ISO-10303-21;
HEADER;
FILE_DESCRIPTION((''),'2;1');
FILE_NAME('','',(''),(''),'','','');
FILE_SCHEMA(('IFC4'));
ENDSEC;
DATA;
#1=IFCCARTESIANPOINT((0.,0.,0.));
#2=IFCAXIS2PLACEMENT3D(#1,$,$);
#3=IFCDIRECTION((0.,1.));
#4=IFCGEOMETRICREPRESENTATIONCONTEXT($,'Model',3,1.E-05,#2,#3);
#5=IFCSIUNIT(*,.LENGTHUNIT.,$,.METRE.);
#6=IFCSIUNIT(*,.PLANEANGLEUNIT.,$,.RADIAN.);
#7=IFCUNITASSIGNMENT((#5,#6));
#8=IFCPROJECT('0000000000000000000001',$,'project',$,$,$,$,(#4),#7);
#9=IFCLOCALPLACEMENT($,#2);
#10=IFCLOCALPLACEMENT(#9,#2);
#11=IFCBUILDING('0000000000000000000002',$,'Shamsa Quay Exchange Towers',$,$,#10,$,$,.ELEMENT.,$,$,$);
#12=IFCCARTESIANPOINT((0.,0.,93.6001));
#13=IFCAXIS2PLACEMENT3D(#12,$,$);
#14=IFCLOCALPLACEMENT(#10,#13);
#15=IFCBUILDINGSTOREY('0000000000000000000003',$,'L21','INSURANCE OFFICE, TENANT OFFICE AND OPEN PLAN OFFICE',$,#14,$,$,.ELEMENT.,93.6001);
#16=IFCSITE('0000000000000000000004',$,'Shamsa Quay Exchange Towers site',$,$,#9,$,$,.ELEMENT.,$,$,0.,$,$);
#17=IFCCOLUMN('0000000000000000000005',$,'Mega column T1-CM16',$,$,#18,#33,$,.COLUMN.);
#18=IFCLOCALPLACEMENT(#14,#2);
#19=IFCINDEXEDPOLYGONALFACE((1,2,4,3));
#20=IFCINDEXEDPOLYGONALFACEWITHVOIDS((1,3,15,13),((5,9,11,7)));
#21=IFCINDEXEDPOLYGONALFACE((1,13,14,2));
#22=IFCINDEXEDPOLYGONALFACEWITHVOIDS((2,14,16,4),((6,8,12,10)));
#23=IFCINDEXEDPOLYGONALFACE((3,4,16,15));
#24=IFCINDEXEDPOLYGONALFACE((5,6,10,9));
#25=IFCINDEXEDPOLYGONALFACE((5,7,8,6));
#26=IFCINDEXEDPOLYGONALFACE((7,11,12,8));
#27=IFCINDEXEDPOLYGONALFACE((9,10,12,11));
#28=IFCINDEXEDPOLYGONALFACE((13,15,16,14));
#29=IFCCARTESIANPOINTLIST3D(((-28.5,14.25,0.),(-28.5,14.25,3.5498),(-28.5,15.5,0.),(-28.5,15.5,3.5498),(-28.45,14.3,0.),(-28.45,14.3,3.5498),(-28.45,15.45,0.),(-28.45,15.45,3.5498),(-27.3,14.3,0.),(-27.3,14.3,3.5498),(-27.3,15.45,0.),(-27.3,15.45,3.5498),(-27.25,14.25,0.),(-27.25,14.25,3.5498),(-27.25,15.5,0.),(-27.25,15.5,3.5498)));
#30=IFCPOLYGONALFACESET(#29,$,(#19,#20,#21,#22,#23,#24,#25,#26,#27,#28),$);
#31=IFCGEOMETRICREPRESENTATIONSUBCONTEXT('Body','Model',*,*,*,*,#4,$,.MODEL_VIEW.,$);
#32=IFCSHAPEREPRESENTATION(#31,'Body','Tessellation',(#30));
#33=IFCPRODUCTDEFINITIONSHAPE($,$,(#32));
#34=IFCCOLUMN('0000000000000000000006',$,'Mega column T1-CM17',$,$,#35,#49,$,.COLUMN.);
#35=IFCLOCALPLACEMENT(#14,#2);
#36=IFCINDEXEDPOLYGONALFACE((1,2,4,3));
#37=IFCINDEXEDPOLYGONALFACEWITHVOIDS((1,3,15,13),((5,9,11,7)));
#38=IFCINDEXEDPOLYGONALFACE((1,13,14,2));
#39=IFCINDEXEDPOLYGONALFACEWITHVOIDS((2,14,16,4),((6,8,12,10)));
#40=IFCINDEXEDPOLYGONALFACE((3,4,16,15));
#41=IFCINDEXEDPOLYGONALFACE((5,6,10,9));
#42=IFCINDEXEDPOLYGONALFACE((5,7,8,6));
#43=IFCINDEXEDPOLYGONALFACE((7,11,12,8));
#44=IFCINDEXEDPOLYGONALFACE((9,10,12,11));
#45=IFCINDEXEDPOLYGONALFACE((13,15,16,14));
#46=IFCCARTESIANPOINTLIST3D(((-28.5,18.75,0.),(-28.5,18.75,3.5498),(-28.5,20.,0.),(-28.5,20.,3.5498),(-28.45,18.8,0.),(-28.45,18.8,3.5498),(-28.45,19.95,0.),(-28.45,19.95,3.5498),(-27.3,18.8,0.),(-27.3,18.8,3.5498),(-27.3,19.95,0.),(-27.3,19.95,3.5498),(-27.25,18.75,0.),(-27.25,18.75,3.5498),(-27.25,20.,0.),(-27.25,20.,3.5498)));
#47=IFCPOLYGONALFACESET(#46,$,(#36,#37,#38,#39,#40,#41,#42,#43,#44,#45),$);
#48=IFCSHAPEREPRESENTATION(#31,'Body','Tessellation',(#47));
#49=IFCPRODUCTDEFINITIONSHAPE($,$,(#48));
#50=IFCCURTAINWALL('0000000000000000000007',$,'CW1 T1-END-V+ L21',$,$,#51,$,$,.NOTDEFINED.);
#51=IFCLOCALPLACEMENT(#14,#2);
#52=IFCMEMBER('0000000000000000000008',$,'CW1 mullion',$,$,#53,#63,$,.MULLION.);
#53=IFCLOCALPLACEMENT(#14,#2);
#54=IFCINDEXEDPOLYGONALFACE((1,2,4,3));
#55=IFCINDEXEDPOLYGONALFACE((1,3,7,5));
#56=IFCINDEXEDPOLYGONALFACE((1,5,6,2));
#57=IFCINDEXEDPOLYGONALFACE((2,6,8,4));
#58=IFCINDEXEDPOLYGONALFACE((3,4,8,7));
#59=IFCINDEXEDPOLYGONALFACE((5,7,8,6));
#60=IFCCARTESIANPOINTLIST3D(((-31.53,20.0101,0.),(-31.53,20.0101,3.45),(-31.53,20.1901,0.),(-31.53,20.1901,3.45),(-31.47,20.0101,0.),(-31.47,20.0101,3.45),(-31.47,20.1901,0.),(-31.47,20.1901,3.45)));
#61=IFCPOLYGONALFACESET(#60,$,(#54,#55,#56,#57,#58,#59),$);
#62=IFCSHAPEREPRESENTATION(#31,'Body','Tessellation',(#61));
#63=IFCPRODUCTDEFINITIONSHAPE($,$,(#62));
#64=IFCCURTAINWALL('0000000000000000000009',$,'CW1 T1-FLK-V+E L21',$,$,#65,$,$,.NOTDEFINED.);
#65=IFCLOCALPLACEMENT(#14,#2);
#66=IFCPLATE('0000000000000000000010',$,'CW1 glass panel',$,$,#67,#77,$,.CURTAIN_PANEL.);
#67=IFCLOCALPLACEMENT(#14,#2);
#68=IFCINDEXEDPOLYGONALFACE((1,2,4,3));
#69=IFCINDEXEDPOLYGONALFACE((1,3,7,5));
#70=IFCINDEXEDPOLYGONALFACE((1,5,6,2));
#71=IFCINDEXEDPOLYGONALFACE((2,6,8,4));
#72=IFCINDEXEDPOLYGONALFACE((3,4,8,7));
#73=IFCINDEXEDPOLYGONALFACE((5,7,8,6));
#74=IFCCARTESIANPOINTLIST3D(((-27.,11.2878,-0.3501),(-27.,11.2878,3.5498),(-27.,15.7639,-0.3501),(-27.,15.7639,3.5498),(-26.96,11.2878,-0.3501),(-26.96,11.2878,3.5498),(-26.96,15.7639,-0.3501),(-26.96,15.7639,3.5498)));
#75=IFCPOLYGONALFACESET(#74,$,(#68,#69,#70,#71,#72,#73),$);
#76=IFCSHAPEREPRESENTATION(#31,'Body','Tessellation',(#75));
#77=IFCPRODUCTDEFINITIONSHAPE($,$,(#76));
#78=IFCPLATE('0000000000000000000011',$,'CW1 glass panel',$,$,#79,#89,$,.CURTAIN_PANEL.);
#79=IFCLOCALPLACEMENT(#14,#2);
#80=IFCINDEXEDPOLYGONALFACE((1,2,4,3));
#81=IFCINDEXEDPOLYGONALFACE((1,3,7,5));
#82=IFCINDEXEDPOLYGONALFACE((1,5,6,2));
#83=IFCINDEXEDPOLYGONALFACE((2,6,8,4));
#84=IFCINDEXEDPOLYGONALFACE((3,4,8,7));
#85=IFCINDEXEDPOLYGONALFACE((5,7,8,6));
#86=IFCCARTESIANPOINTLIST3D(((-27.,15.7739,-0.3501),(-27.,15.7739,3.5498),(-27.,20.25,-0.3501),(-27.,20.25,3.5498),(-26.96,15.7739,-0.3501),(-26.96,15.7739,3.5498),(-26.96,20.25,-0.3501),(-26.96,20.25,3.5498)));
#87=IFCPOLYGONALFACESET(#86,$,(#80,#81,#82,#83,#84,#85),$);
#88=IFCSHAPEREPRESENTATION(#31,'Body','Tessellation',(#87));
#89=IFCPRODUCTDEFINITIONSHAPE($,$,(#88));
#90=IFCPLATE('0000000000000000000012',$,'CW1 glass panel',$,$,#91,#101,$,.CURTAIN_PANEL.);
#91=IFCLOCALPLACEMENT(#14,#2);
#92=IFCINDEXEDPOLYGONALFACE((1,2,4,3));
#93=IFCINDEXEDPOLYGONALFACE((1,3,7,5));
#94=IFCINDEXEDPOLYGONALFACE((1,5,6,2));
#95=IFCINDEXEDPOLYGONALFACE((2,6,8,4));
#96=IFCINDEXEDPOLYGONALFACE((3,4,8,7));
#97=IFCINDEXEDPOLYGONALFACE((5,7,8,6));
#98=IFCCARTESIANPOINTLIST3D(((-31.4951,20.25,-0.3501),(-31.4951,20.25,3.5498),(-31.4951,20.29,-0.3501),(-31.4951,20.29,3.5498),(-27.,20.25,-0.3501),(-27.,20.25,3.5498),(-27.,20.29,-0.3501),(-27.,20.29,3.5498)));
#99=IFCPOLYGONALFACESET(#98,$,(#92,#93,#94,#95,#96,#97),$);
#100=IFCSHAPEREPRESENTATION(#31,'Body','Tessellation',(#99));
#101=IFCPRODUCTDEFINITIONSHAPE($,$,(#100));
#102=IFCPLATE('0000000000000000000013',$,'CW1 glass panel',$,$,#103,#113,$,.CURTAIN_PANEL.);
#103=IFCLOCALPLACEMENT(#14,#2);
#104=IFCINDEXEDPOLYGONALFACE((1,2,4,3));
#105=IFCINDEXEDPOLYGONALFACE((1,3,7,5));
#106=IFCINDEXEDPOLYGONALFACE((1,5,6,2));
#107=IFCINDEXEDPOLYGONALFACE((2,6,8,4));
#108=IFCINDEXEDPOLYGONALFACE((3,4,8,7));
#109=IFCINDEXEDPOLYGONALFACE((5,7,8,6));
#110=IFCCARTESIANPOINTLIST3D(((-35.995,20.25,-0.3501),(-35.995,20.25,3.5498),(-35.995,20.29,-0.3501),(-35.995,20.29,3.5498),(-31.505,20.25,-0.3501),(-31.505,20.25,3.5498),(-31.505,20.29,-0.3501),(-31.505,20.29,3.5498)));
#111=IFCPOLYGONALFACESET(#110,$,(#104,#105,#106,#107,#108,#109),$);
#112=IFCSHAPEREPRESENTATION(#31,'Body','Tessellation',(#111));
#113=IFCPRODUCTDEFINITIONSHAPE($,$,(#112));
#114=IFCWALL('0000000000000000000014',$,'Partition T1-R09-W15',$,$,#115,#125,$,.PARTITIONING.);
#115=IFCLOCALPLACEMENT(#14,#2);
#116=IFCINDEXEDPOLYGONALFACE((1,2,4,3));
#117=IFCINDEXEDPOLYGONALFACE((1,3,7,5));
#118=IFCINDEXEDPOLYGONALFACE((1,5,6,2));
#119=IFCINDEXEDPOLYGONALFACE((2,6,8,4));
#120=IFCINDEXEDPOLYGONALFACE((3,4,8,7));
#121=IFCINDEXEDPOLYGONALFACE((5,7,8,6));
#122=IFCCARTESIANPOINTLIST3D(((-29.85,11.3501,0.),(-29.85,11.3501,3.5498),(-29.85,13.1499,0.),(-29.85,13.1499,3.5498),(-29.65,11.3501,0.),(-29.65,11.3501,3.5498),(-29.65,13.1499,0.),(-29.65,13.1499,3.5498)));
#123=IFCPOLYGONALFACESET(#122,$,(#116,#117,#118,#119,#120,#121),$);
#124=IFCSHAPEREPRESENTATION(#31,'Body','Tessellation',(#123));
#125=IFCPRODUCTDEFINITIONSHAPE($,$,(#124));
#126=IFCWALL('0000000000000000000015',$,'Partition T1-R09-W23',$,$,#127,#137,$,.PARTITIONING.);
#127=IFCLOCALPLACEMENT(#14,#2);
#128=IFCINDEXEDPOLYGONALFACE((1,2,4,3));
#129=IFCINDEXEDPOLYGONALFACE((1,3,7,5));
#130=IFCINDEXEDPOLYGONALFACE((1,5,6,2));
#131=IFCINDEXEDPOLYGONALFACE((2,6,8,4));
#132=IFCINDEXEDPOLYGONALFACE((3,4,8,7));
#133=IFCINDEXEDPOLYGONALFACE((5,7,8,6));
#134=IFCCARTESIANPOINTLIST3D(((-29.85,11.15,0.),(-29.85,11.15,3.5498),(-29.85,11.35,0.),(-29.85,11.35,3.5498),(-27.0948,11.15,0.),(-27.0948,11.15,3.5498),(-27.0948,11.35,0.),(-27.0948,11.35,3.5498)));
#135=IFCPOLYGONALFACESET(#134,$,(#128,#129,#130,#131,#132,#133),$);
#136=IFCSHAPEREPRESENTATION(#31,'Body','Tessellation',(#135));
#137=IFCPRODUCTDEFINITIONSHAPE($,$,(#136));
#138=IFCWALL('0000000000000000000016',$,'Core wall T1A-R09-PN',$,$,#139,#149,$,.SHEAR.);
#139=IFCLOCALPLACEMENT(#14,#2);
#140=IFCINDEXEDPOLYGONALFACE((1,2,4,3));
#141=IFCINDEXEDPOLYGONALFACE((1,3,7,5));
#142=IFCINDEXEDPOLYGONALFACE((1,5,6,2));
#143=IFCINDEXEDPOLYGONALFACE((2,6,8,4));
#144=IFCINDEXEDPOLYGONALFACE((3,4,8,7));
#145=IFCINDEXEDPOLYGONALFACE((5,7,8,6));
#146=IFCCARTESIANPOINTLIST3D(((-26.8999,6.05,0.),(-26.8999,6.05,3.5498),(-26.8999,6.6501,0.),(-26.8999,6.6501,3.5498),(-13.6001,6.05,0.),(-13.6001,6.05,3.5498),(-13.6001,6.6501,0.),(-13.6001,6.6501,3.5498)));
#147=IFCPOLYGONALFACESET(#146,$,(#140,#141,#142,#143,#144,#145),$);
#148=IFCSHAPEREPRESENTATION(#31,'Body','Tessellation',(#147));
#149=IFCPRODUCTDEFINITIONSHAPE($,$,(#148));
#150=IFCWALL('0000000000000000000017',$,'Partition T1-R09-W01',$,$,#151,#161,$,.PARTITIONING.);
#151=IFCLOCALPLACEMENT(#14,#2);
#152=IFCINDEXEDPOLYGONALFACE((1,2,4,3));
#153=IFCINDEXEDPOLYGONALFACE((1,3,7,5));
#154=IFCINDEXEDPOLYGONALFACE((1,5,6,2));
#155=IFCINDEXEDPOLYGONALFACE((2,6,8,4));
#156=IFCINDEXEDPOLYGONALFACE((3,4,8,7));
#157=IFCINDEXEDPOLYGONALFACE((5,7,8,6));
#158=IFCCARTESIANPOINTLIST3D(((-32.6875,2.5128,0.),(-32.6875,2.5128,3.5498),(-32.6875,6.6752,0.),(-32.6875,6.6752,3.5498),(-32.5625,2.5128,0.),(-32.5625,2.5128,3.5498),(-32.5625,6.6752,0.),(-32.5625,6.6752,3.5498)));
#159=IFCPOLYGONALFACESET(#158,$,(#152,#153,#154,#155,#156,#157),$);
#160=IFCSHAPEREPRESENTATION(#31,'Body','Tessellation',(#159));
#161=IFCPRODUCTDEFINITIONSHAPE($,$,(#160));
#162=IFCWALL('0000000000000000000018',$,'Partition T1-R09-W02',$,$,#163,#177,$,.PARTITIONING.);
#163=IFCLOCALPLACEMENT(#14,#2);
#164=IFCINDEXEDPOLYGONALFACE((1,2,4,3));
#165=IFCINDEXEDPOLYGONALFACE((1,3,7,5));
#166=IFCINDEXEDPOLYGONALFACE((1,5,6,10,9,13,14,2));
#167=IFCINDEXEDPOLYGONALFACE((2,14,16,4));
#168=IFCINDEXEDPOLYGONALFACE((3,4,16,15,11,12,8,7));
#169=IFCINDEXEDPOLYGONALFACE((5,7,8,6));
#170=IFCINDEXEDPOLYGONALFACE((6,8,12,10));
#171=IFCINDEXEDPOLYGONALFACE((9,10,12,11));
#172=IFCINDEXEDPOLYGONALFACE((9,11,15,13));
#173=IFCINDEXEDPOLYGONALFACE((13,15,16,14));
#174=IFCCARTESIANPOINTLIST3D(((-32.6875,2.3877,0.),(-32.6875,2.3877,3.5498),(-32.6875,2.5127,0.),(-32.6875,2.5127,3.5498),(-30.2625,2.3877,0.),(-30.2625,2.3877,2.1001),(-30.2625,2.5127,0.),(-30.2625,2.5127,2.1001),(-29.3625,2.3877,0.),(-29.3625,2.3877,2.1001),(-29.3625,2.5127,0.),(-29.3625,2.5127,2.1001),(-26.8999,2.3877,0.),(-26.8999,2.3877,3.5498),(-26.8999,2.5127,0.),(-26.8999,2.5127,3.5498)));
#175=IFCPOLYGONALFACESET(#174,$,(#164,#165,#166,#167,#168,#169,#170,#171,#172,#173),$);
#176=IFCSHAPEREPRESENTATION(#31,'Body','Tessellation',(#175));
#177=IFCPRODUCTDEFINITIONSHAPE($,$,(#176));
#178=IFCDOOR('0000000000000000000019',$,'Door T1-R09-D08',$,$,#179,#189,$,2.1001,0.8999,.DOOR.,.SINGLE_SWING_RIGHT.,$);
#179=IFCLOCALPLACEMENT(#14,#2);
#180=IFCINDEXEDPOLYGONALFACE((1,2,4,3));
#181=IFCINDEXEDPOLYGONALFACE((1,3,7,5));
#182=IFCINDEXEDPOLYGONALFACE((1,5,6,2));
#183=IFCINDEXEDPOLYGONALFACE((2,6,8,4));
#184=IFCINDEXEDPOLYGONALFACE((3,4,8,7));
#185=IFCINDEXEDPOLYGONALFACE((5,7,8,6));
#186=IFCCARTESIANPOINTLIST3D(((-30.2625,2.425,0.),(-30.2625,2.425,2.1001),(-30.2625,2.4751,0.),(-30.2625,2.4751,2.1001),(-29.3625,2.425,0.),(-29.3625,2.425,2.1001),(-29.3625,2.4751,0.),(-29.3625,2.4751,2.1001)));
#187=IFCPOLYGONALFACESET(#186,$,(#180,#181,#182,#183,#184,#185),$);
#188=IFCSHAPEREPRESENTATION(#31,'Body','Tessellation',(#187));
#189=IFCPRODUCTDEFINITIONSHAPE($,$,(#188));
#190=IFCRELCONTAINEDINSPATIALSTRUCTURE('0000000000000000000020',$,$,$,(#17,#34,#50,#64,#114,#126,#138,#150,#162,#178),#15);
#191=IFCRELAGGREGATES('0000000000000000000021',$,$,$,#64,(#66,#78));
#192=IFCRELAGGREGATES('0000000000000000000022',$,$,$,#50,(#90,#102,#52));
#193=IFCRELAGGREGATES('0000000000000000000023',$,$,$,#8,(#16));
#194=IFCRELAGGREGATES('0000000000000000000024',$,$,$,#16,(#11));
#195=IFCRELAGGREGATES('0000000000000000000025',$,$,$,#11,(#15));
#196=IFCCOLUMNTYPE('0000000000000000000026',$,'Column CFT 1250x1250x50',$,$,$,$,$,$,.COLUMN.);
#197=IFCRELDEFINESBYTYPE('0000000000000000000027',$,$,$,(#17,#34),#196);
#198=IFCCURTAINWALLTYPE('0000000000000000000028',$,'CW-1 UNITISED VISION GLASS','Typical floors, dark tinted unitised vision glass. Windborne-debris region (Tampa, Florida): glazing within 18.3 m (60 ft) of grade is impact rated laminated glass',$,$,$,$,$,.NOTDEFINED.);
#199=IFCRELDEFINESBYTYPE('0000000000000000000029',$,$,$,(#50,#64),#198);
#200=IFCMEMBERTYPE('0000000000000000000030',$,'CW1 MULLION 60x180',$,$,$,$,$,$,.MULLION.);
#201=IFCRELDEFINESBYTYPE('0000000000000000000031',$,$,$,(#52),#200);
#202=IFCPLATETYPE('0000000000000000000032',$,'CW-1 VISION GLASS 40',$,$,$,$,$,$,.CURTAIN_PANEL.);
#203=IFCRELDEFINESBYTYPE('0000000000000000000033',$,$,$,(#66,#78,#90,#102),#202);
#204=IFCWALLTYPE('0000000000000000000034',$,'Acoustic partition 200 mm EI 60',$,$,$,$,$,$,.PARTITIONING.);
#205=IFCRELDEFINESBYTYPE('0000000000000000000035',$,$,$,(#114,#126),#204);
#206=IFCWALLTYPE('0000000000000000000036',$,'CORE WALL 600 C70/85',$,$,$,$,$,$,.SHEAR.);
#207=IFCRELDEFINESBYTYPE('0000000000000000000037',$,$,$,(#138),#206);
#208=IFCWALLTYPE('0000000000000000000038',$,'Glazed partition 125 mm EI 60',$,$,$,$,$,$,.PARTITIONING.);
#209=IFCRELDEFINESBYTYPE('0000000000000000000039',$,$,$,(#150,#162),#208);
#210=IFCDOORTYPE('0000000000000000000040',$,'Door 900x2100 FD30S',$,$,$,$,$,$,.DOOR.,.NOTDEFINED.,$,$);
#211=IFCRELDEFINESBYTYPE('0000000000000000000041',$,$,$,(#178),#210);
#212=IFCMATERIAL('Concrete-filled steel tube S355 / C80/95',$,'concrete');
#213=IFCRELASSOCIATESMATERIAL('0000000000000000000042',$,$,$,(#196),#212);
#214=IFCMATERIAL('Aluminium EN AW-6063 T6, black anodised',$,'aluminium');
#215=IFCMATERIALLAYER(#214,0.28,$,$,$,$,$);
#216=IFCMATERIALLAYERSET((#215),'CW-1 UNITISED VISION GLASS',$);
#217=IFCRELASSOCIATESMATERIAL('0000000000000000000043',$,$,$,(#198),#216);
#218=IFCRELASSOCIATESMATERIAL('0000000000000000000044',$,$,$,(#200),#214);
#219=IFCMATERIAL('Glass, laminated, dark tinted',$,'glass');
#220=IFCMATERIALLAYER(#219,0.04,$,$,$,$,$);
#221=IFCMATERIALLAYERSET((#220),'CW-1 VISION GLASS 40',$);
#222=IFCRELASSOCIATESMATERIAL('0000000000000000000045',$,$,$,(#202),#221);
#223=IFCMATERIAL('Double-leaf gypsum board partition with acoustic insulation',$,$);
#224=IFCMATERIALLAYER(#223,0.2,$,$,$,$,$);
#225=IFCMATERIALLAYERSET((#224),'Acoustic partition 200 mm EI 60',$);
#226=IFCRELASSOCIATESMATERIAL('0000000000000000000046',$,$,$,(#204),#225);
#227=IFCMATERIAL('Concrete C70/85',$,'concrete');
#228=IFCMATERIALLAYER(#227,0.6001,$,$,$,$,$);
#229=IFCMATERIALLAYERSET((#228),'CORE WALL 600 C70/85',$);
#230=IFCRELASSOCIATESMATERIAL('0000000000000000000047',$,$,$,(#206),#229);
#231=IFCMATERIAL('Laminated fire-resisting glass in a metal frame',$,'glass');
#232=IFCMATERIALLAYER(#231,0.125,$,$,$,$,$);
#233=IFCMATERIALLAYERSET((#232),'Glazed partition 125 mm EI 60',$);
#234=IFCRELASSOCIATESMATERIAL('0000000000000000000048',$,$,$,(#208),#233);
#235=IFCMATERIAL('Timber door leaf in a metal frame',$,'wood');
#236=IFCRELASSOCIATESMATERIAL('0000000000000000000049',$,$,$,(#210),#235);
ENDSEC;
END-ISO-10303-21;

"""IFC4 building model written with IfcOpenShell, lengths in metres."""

from ifc_helpers import new_model, si_unit, direction, frame, frame_2d, origin, origin_2d, place, context, subcontext, project, spatial, rectangle, hollow_rectangle, extrude, material, layer, layer_set, material_profile, profile_set, type_object, element, fill, aggregate, save


model = new_model("IFC4")

# Units and contexts
model_context = context("Model", 3, precision=1e-05, world=origin(), true_north=direction((0.0, 1.0)))
body_context = subcontext(model_context, "Body", "Model", "MODEL_VIEW")
ifc_project = project(units=[si_unit("LENGTHUNIT", "METRE"), si_unit("PLANEANGLEUNIT", "RADIAN")], contexts=[model_context])

# Site, building, storey
site_placement = place(None, origin())
site = spatial("IfcSite", under=ifc_project, at=site_placement, Name="Shamsa Quay Exchange Towers site", CompositionType="ELEMENT", RefElevation=0.0)
building_placement = place(site_placement, origin())
building = spatial("IfcBuilding", under=site, at=building_placement, Name="Shamsa Quay Exchange Towers", CompositionType="ELEMENT")
storey_placement = place(building_placement, frame((0.0, 0.0, 93.6001)))
storey = spatial("IfcBuildingStorey", under=building, at=storey_placement, Name="L21", Description="INSURANCE OFFICE, TENANT OFFICE AND OPEN PLAN OFFICE", CompositionType="ELEMENT", Elevation=93.6001)

# Columns
ifc_material_1 = material(Name="Concrete-filled steel tube S355 / C80/95", Category="concrete")
ifc_material_profile_1 = material_profile(ifc_material_1, hollow_rectangle(XDim=1.25, YDim=1.25, WallThickness=0.05, at=origin_2d()), Name="CFT 1250x1250x50")
ifc_profile_set_1 = profile_set([ifc_material_profile_1], Name="Concrete-filled steel tube S355 / C80/95")
column_type = type_object("IfcColumnType", Name="Column CFT 1250x1250x50", PredefinedType="COLUMN", material=ifc_profile_set_1)
for number, where, name in (
    (1, (-27.875, 14.875, 0.0), "Mega column T1-CM16"),
    (2, (-27.875, 19.375, 0.0), "Mega column T1-CM17"),
):
    element("IfcColumn", number, at=place(storey_placement, frame(where)), inside=storey, type_object=column_type, Name=name, PredefinedType="COLUMN", context=body_context, shape_type="SweptSolid", body=[
        extrude(hollow_rectangle(XDim=1.25, YDim=1.25, WallThickness=0.05, at=origin_2d()), origin(), (0.0, 0.0, 1.0), 3.5498),
    ])

# Curtain wall, member
ifc_material_2 = material(Name="Aluminium EN AW-6063 T6, black anodised", Category="aluminium")
ifc_layer_1 = layer(ifc_material_2, 0.28)
ifc_layer_set_1 = layer_set([ifc_layer_1], Name="CW-1 UNITISED VISION GLASS")
curtain_wall_type = type_object("IfcCurtainWallType", Name="CW-1 UNITISED VISION GLASS", Description="Typical floors, dark tinted unitised vision glass. Windborne-debris region (Tampa, Florida): glazing within 18.3 m (60 ft) of grade is impact rated laminated glass", PredefinedType="NOTDEFINED", material=ifc_layer_set_1)
curtain_wall_1_placement = place(storey_placement, origin())
curtain_wall_1 = element("IfcCurtainWall", 3, at=curtain_wall_1_placement, inside=storey, type_object=curtain_wall_type, Name="CW1 T1-END-V+ L21", PredefinedType="NOTDEFINED")
ifc_material_profile_2 = material_profile(ifc_material_2, rectangle(XDim=0.1799, YDim=0.0601, at=origin_2d()), Name="MU60x180")
ifc_profile_set_2 = profile_set([ifc_material_profile_2], Name="Aluminium EN AW-6063 T6, black anodised")
member_type = type_object("IfcMemberType", Name="CW1 MULLION 60x180", PredefinedType="MULLION", material=ifc_profile_set_2)
member_placement = place(storey_placement, frame((-31.5, 20.1001, 0.0), z_axis=(0.0, 0.0, 1.0), x_axis=(0.0, -1.0, 0.0)))
member = element("IfcMember", 4, at=member_placement, type_object=member_type, Name="CW1 mullion", PredefinedType="MULLION", context=body_context, shape_type="SweptSolid", body=[
    extrude(rectangle(XDim=0.1799, YDim=0.0601, at=origin_2d()), origin(), (0.0, 0.0, 1.0), 3.45),
])

# Curtain wall, plates
curtain_wall_2_placement = place(storey_placement, origin())
curtain_wall_2 = element("IfcCurtainWall", 5, at=curtain_wall_2_placement, inside=storey, type_object=curtain_wall_type, Name="CW1 T1-FLK-V+E L21", PredefinedType="NOTDEFINED")
ifc_material_3 = material(Name="Glass, laminated, dark tinted", Category="glass")
ifc_layer_2 = layer(ifc_material_3, 0.04)
ifc_layer_set_2 = layer_set([ifc_layer_2], Name="CW-1 VISION GLASS 40")
plate_type = type_object("IfcPlateType", Name="CW-1 VISION GLASS 40", PredefinedType="CURTAIN_PANEL", material=ifc_layer_set_2)
plate_1_placement = place(storey_placement, frame((-26.98, 13.5259, -0.3501), z_axis=(0.0, 0.0, 1.0), x_axis=(0.0, 1.0, 0.0)))
plate_1 = element("IfcPlate", 6, at=plate_1_placement, type_object=plate_type, Name="CW1 glass panel", PredefinedType="CURTAIN_PANEL", context=body_context, shape_type="SweptSolid", body=[
    extrude(rectangle(XDim=4.4761, YDim=0.04, at=origin_2d()), origin(), (0.0, 0.0, 1.0), 3.8999),
])
plate_2_placement = place(storey_placement, frame((-26.98, 18.012, -0.3501), z_axis=(0.0, 0.0, 1.0), x_axis=(0.0, 1.0, 0.0)))
plate_2 = element("IfcPlate", 7, at=plate_2_placement, type_object=plate_type, Name="CW1 glass panel", PredefinedType="CURTAIN_PANEL", context=body_context, shape_type="SweptSolid", body=[
    extrude(rectangle(XDim=4.4761, YDim=0.04, at=origin_2d()), origin(), (0.0, 0.0, 1.0), 3.8999),
])
aggregate(curtain_wall_2, [plate_1, plate_2])

# Plates
plate_3_placement = place(storey_placement, frame((-29.2476, 20.27, -0.3501), z_axis=(0.0, 0.0, 1.0), x_axis=(-1.0, 0.0, 0.0)))
plate_3 = element("IfcPlate", 8, at=plate_3_placement, type_object=plate_type, Name="CW1 glass panel", PredefinedType="CURTAIN_PANEL", context=body_context, shape_type="SweptSolid", body=[
    extrude(rectangle(XDim=4.4951, YDim=0.04, at=origin_2d()), origin(), (0.0, 0.0, 1.0), 3.8999),
])
plate_4_placement = place(storey_placement, frame((-33.75, 20.27, -0.3501), z_axis=(0.0, 0.0, 1.0), x_axis=(-1.0, 0.0, 0.0)))
plate_4 = element("IfcPlate", 9, at=plate_4_placement, type_object=plate_type, Name="CW1 glass panel", PredefinedType="CURTAIN_PANEL", context=body_context, shape_type="SweptSolid", body=[
    extrude(rectangle(XDim=4.49, YDim=0.04, at=origin_2d()), origin(), (0.0, 0.0, 1.0), 3.8999),
])
aggregate(curtain_wall_1, [plate_3, plate_4, member])

# Shared definitions
ifc_material_4 = material(Name="Double-leaf gypsum board partition with acoustic insulation")
ifc_layer_3 = layer(ifc_material_4, 0.2)
ifc_layer_set_3 = layer_set([ifc_layer_3], Name="Acoustic partition 200 mm EI 60")
wall_type_1 = type_object("IfcWallType", Name="Acoustic partition 200 mm EI 60", PredefinedType="PARTITIONING", material=ifc_layer_set_3)
ifc_material_5 = material(Name="Timber door leaf in a metal frame", Category="wood")

# Walls
wall_1_placement = place(storey_placement, frame((-29.75, 11.3501, 0.0), z_axis=(0.0, 0.0, 1.0), x_axis=(0.0, 1.0, 0.0)))
element("IfcWall", 10, at=wall_1_placement, inside=storey, type_object=wall_type_1, Name="Partition T1-R09-W15", PredefinedType="PARTITIONING", context=body_context, shape_type="SweptSolid", body=[
    extrude(rectangle(XDim=1.7998, YDim=0.2, at=frame_2d((0.8999, 0.0))), origin(), (0.0, 0.0, 1.0), 3.5498),
])
wall_2_placement = place(storey_placement, frame((-27.095, 11.25, 0.0), z_axis=(0.0, 0.0, 1.0), x_axis=(-1.0, 0.0, 0.0)))
element("IfcWall", 11, at=wall_2_placement, inside=storey, type_object=wall_type_1, Name="Partition T1-R09-W23", PredefinedType="PARTITIONING", context=body_context, shape_type="SweptSolid", body=[
    extrude(rectangle(XDim=2.7551, YDim=0.2, at=frame_2d((1.3774, 0.0))), origin(), (0.0, 0.0, 1.0), 3.5498),
])
ifc_material_6 = material(Name="Concrete C70/85", Category="concrete")
ifc_layer_4 = layer(ifc_material_6, 0.6001)
ifc_layer_set_4 = layer_set([ifc_layer_4], Name="CORE WALL 600 C70/85")
wall_type_2 = type_object("IfcWallType", Name="CORE WALL 600 C70/85", PredefinedType="SHEAR", material=ifc_layer_set_4)
wall_3_placement = place(storey_placement, frame((-26.8999, 6.3501, 0.0)))
element("IfcWall", 12, at=wall_3_placement, inside=storey, type_object=wall_type_2, Name="Core wall T1A-R09-PN", PredefinedType="SHEAR", context=body_context, shape_type="SweptSolid", body=[
    extrude(rectangle(XDim=13.2998, YDim=0.6001, at=frame_2d((6.6499, 0.0))), origin(), (0.0, 0.0, 1.0), 3.5498),
])

# Wall
ifc_material_7 = material(Name="Laminated fire-resisting glass in a metal frame", Category="glass")
ifc_layer_5 = layer(ifc_material_7, 0.125)
ifc_layer_set_5 = layer_set([ifc_layer_5], Name="Glazed partition 125 mm EI 60")
wall_type_3 = type_object("IfcWallType", Name="Glazed partition 125 mm EI 60", PredefinedType="PARTITIONING", material=ifc_layer_set_5)
wall_4_placement = place(storey_placement, frame((-32.625, 6.675, 0.0), z_axis=(0.0, 0.0, 1.0), x_axis=(0.0, -1.0, 0.0)))
element("IfcWall", 13, at=wall_4_placement, inside=storey, type_object=wall_type_3, Name="Partition T1-R09-W01", PredefinedType="PARTITIONING", context=body_context, shape_type="SweptSolid", body=[
    extrude(rectangle(XDim=4.1624, YDim=0.125, at=frame_2d((2.0811, 0.0))), origin(), (0.0, 0.0, 1.0), 3.5498),
])

# Wall, opening, door
wall_5_placement = place(storey_placement, frame((-32.6875, 2.4502, 0.0)))
wall_5 = element("IfcWall", 14, at=wall_5_placement, inside=storey, type_object=wall_type_3, Name="Partition T1-R09-W02", PredefinedType="PARTITIONING", context=body_context, shape_type="SweptSolid", body=[
    extrude(rectangle(XDim=5.7876, YDim=0.125, at=frame_2d((2.8938, 0.0))), origin(), (0.0, 0.0, 1.0), 3.5498),
])
opening_1_placement = place(wall_5_placement, frame((2.425, 0.0, 0.0)))
opening_1 = element("IfcOpeningElement", 15, at=opening_1_placement, cuts=wall_5, PredefinedType="OPENING", context=body_context, shape_type="SweptSolid", body=[
    extrude(rectangle(XDim=0.8999, YDim=2.1001, at=frame_2d((0.45, 1.05))), frame((0.0, 0.0725, 0.0), z_axis=(0.0, -1.0, 0.0), x_axis=(1.0, 0.0, 0.0)), (0.0, 0.0, 1.0), 0.145),
])
door_type_1 = type_object("IfcDoorType", Name="Door 900x2100 FD30S", OperationType="NOTDEFINED", PredefinedType="DOOR", material=ifc_material_5)
door_1_placement = place(opening_1_placement, origin())
door_1 = element("IfcDoor", 16, at=door_1_placement, inside=storey, type_object=door_type_1, Name="Door T1-R09-D08", OperationType="SINGLE_SWING_RIGHT", OverallHeight=2.1001, OverallWidth=0.8999, PredefinedType="DOOR", context=body_context, shape_type="SweptSolid", body=[
    extrude(rectangle(XDim=0.8999, YDim=2.1001, at=frame_2d((0.45, 1.05))), frame((0.0, 0.0249, 0.0), z_axis=(0.0, -1.0, 0.0), x_axis=(1.0, 0.0, 0.0)), (0.0, 0.0, 1.0), 0.05),
])
fill(opening_1, door_1)

save(model, "model.ifc")
